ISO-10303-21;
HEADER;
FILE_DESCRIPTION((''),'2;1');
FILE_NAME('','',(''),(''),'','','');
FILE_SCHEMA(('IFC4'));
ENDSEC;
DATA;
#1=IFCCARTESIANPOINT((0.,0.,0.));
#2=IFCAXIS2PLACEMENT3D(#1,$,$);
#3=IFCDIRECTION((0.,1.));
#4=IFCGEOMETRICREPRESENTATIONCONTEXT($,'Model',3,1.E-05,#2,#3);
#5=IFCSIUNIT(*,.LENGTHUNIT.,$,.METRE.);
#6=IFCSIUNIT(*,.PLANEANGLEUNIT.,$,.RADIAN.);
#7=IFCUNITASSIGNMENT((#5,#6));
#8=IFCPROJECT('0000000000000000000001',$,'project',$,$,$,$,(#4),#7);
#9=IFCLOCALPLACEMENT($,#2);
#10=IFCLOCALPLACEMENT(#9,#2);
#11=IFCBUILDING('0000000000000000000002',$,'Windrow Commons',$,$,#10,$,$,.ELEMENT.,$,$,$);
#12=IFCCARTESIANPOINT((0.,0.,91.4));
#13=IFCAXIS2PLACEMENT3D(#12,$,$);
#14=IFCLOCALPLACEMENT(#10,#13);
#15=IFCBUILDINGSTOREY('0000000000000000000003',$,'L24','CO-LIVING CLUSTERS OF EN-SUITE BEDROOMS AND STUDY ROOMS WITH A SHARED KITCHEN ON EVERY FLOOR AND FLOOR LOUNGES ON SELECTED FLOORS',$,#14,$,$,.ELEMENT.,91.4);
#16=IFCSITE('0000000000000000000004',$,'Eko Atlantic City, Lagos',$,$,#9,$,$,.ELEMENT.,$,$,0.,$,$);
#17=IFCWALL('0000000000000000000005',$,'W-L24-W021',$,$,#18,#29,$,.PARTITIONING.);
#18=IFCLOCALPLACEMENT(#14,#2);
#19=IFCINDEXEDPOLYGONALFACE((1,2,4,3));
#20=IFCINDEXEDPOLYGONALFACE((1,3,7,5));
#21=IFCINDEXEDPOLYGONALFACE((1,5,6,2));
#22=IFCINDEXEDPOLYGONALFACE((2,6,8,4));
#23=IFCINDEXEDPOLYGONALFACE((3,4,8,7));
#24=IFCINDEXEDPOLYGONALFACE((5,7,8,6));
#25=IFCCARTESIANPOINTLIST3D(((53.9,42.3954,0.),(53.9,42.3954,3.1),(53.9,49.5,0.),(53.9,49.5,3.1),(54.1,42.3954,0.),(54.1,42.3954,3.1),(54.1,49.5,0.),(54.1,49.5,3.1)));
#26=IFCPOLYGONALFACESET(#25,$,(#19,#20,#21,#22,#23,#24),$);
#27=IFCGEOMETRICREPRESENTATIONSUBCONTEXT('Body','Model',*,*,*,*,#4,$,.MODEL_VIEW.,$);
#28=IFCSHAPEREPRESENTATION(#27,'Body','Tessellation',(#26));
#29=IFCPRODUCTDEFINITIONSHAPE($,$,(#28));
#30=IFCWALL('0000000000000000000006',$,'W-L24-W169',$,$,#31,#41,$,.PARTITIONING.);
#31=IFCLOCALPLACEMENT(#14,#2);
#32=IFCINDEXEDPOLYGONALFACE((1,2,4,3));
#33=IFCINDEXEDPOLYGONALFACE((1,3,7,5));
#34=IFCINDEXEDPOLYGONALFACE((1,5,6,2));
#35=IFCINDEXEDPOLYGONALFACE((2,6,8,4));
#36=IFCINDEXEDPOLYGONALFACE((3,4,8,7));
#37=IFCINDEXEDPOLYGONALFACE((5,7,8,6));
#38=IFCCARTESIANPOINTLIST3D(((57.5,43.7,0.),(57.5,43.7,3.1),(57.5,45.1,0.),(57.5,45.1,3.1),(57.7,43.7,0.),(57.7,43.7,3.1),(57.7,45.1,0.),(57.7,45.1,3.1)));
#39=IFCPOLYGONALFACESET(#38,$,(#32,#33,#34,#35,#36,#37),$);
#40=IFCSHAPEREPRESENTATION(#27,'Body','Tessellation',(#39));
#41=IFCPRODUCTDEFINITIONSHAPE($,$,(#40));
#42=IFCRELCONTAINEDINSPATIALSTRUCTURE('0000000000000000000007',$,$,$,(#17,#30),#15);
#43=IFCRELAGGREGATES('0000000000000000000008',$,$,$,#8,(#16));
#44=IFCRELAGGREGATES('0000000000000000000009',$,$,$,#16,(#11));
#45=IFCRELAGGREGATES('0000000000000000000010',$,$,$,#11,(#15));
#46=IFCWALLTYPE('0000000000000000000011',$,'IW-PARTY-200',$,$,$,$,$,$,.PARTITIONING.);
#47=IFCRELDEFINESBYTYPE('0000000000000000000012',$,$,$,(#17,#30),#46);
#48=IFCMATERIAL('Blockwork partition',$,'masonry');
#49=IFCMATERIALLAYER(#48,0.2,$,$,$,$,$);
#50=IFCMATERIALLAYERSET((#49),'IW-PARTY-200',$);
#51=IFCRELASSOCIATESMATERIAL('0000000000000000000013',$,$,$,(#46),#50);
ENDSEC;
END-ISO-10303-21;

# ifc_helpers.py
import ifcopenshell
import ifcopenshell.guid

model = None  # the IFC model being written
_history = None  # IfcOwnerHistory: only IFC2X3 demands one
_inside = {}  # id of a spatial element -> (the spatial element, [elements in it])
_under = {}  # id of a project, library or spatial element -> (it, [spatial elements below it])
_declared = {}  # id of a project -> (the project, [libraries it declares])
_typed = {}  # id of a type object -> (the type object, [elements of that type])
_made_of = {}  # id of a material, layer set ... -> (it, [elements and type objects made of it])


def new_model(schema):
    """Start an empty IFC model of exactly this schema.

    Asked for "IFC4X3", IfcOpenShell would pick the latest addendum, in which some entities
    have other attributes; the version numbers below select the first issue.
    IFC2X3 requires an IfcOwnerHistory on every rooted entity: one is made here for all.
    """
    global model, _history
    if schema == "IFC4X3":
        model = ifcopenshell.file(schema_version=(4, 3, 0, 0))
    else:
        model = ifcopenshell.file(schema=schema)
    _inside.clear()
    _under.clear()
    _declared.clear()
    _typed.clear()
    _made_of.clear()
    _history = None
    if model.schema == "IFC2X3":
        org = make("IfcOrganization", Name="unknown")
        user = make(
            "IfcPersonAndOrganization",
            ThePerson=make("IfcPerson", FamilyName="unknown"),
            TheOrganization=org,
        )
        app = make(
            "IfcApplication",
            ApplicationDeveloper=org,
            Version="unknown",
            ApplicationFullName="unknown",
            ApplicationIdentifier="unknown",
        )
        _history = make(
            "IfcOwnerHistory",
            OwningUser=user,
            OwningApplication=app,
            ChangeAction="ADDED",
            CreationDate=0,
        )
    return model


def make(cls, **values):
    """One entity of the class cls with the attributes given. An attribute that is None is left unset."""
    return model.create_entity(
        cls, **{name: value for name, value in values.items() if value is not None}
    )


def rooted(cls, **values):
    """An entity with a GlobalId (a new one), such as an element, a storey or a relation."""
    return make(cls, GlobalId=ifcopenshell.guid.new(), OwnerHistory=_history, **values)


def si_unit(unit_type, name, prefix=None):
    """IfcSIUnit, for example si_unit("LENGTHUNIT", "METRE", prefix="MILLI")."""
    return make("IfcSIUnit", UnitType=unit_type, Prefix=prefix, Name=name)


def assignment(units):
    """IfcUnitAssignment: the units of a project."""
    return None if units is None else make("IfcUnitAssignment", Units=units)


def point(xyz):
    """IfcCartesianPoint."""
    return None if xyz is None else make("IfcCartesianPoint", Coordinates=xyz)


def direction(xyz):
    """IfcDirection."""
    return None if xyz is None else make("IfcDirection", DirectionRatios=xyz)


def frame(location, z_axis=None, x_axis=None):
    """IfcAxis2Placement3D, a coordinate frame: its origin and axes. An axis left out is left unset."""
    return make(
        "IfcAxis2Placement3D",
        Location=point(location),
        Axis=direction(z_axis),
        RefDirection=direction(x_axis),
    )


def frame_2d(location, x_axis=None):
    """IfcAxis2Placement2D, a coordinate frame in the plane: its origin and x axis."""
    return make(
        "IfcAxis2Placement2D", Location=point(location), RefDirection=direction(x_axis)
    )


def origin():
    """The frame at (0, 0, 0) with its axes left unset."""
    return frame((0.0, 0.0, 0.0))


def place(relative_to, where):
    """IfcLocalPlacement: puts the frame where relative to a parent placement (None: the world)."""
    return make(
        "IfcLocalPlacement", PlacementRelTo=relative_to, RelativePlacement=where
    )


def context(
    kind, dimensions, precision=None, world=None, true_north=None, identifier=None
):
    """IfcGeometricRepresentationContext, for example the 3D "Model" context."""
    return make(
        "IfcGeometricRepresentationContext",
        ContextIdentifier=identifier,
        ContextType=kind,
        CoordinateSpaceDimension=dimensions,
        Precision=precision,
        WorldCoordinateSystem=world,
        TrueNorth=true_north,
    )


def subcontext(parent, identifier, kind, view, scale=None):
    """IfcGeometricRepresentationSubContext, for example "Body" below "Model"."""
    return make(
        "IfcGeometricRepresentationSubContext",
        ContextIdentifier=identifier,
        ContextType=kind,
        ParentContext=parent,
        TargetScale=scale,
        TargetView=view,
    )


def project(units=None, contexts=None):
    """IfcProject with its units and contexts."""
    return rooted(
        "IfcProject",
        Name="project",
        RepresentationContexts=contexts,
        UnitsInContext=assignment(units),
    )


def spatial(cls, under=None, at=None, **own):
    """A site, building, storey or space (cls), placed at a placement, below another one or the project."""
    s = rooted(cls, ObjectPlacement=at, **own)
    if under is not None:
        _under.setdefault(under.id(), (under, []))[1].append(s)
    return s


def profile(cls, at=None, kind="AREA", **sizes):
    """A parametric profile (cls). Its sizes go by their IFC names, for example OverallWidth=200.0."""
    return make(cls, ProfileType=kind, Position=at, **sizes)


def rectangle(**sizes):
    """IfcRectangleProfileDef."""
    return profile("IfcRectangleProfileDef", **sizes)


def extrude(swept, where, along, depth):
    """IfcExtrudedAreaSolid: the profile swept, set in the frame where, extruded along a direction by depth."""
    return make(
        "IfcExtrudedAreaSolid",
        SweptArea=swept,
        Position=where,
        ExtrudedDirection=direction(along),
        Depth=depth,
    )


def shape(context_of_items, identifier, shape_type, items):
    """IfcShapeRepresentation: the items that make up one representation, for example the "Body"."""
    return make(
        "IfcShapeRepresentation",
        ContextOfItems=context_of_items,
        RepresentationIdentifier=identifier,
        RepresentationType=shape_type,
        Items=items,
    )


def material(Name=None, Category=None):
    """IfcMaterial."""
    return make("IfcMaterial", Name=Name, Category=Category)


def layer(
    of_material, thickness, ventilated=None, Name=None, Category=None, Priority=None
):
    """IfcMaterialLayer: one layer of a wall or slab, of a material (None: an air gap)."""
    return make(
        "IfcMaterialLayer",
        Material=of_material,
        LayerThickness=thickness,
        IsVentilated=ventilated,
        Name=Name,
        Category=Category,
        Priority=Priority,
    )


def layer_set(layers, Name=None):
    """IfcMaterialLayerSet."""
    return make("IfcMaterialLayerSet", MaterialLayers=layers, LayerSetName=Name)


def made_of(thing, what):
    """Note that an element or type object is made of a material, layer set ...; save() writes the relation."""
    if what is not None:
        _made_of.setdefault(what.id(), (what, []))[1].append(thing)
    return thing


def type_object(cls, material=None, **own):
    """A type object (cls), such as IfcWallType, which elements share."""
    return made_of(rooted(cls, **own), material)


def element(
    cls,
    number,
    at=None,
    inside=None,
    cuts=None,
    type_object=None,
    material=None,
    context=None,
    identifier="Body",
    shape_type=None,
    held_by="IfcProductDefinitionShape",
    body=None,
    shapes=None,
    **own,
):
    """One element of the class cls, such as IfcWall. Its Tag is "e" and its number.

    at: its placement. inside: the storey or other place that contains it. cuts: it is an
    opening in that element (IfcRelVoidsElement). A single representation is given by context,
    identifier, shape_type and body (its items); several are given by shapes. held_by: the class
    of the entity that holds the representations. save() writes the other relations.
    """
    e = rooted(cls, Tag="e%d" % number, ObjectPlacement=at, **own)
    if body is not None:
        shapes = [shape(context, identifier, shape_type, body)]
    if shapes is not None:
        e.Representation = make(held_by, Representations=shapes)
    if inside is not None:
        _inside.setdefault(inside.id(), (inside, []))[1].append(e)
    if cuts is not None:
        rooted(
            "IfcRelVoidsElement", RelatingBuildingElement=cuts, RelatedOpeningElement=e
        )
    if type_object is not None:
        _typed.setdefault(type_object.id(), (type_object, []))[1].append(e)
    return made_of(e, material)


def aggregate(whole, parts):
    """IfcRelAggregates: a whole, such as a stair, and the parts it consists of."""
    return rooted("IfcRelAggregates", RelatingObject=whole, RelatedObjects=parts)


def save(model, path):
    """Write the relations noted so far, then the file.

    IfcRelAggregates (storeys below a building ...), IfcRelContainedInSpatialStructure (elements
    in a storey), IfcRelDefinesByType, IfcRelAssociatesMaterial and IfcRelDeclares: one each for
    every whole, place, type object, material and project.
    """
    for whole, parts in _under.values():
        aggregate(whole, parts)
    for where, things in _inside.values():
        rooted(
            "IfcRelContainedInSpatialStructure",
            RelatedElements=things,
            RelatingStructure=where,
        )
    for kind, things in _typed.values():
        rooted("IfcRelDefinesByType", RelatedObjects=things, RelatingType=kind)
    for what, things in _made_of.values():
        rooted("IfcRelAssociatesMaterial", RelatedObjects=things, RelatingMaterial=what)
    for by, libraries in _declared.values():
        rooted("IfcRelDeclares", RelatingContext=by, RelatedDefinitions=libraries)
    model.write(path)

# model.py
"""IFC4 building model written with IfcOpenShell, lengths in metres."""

from ifc_helpers import new_model, si_unit, direction, frame, frame_2d, origin, place, context, subcontext, project, spatial, rectangle, extrude, material, layer, layer_set, type_object, element, save


model = new_model("IFC4")

# Units and contexts
model_context = context("Model", 3, precision=1e-05, world=origin(), true_north=direction((0.0, 1.0)))
body_context = subcontext(model_context, "Body", "Model", "MODEL_VIEW")
ifc_project = project(units=[si_unit("LENGTHUNIT", "METRE"), si_unit("PLANEANGLEUNIT", "RADIAN")], contexts=[model_context])

# Site, building, storey
site_placement = place(None, origin())
site = spatial("IfcSite", under=ifc_project, at=site_placement, Name="Eko Atlantic City, Lagos", CompositionType="ELEMENT", RefElevation=0.0)
building_placement = place(site_placement, origin())
building = spatial("IfcBuilding", under=site, at=building_placement, Name="Windrow Commons", CompositionType="ELEMENT")
storey_placement = place(building_placement, frame((0.0, 0.0, 91.4)))
storey = spatial("IfcBuildingStorey", under=building, at=storey_placement, Name="L24", Description="CO-LIVING CLUSTERS OF EN-SUITE BEDROOMS AND STUDY ROOMS WITH A SHARED KITCHEN ON EVERY FLOOR AND FLOOR LOUNGES ON SELECTED FLOORS", CompositionType="ELEMENT", Elevation=91.4)

# Walls
ifc_material_1 = material(Name="Blockwork partition", Category="masonry")
ifc_layer_1 = layer(ifc_material_1, 0.2)
ifc_layer_set_1 = layer_set([ifc_layer_1], Name="IW-PARTY-200")
wall_type_1 = type_object("IfcWallType", Name="IW-PARTY-200", PredefinedType="PARTITIONING", material=ifc_layer_set_1)
wall_1_placement = place(storey_placement, frame((54.0, 42.3955, 0.0), z_axis=(0.0, 0.0, 1.0), x_axis=(0.0, 1.0, 0.0)))
element("IfcWall", 1, at=wall_1_placement, inside=storey, type_object=wall_type_1, Name="W-L24-W021", PredefinedType="PARTITIONING", context=body_context, shape_type="SweptSolid", body=[
    extrude(rectangle(XDim=7.1045, YDim=0.2, at=frame_2d((3.5522, 0.0))), origin(), (0.0, 0.0, 1.0), 3.1),
])
wall_2_placement = place(storey_placement, frame((57.6, 43.7, 0.0), z_axis=(0.0, 0.0, 1.0), x_axis=(0.0, 1.0, 0.0)))
element("IfcWall", 2, at=wall_2_placement, inside=storey, type_object=wall_type_1, Name="W-L24-W169", PredefinedType="PARTITIONING", context=body_context, shape_type="SweptSolid", body=[
    extrude(rectangle(XDim=1.4, YDim=0.2, at=frame_2d((0.7, 0.0))), origin(), (0.0, 0.0, 1.0), 3.1),
])

save(model, "model.ifc")
